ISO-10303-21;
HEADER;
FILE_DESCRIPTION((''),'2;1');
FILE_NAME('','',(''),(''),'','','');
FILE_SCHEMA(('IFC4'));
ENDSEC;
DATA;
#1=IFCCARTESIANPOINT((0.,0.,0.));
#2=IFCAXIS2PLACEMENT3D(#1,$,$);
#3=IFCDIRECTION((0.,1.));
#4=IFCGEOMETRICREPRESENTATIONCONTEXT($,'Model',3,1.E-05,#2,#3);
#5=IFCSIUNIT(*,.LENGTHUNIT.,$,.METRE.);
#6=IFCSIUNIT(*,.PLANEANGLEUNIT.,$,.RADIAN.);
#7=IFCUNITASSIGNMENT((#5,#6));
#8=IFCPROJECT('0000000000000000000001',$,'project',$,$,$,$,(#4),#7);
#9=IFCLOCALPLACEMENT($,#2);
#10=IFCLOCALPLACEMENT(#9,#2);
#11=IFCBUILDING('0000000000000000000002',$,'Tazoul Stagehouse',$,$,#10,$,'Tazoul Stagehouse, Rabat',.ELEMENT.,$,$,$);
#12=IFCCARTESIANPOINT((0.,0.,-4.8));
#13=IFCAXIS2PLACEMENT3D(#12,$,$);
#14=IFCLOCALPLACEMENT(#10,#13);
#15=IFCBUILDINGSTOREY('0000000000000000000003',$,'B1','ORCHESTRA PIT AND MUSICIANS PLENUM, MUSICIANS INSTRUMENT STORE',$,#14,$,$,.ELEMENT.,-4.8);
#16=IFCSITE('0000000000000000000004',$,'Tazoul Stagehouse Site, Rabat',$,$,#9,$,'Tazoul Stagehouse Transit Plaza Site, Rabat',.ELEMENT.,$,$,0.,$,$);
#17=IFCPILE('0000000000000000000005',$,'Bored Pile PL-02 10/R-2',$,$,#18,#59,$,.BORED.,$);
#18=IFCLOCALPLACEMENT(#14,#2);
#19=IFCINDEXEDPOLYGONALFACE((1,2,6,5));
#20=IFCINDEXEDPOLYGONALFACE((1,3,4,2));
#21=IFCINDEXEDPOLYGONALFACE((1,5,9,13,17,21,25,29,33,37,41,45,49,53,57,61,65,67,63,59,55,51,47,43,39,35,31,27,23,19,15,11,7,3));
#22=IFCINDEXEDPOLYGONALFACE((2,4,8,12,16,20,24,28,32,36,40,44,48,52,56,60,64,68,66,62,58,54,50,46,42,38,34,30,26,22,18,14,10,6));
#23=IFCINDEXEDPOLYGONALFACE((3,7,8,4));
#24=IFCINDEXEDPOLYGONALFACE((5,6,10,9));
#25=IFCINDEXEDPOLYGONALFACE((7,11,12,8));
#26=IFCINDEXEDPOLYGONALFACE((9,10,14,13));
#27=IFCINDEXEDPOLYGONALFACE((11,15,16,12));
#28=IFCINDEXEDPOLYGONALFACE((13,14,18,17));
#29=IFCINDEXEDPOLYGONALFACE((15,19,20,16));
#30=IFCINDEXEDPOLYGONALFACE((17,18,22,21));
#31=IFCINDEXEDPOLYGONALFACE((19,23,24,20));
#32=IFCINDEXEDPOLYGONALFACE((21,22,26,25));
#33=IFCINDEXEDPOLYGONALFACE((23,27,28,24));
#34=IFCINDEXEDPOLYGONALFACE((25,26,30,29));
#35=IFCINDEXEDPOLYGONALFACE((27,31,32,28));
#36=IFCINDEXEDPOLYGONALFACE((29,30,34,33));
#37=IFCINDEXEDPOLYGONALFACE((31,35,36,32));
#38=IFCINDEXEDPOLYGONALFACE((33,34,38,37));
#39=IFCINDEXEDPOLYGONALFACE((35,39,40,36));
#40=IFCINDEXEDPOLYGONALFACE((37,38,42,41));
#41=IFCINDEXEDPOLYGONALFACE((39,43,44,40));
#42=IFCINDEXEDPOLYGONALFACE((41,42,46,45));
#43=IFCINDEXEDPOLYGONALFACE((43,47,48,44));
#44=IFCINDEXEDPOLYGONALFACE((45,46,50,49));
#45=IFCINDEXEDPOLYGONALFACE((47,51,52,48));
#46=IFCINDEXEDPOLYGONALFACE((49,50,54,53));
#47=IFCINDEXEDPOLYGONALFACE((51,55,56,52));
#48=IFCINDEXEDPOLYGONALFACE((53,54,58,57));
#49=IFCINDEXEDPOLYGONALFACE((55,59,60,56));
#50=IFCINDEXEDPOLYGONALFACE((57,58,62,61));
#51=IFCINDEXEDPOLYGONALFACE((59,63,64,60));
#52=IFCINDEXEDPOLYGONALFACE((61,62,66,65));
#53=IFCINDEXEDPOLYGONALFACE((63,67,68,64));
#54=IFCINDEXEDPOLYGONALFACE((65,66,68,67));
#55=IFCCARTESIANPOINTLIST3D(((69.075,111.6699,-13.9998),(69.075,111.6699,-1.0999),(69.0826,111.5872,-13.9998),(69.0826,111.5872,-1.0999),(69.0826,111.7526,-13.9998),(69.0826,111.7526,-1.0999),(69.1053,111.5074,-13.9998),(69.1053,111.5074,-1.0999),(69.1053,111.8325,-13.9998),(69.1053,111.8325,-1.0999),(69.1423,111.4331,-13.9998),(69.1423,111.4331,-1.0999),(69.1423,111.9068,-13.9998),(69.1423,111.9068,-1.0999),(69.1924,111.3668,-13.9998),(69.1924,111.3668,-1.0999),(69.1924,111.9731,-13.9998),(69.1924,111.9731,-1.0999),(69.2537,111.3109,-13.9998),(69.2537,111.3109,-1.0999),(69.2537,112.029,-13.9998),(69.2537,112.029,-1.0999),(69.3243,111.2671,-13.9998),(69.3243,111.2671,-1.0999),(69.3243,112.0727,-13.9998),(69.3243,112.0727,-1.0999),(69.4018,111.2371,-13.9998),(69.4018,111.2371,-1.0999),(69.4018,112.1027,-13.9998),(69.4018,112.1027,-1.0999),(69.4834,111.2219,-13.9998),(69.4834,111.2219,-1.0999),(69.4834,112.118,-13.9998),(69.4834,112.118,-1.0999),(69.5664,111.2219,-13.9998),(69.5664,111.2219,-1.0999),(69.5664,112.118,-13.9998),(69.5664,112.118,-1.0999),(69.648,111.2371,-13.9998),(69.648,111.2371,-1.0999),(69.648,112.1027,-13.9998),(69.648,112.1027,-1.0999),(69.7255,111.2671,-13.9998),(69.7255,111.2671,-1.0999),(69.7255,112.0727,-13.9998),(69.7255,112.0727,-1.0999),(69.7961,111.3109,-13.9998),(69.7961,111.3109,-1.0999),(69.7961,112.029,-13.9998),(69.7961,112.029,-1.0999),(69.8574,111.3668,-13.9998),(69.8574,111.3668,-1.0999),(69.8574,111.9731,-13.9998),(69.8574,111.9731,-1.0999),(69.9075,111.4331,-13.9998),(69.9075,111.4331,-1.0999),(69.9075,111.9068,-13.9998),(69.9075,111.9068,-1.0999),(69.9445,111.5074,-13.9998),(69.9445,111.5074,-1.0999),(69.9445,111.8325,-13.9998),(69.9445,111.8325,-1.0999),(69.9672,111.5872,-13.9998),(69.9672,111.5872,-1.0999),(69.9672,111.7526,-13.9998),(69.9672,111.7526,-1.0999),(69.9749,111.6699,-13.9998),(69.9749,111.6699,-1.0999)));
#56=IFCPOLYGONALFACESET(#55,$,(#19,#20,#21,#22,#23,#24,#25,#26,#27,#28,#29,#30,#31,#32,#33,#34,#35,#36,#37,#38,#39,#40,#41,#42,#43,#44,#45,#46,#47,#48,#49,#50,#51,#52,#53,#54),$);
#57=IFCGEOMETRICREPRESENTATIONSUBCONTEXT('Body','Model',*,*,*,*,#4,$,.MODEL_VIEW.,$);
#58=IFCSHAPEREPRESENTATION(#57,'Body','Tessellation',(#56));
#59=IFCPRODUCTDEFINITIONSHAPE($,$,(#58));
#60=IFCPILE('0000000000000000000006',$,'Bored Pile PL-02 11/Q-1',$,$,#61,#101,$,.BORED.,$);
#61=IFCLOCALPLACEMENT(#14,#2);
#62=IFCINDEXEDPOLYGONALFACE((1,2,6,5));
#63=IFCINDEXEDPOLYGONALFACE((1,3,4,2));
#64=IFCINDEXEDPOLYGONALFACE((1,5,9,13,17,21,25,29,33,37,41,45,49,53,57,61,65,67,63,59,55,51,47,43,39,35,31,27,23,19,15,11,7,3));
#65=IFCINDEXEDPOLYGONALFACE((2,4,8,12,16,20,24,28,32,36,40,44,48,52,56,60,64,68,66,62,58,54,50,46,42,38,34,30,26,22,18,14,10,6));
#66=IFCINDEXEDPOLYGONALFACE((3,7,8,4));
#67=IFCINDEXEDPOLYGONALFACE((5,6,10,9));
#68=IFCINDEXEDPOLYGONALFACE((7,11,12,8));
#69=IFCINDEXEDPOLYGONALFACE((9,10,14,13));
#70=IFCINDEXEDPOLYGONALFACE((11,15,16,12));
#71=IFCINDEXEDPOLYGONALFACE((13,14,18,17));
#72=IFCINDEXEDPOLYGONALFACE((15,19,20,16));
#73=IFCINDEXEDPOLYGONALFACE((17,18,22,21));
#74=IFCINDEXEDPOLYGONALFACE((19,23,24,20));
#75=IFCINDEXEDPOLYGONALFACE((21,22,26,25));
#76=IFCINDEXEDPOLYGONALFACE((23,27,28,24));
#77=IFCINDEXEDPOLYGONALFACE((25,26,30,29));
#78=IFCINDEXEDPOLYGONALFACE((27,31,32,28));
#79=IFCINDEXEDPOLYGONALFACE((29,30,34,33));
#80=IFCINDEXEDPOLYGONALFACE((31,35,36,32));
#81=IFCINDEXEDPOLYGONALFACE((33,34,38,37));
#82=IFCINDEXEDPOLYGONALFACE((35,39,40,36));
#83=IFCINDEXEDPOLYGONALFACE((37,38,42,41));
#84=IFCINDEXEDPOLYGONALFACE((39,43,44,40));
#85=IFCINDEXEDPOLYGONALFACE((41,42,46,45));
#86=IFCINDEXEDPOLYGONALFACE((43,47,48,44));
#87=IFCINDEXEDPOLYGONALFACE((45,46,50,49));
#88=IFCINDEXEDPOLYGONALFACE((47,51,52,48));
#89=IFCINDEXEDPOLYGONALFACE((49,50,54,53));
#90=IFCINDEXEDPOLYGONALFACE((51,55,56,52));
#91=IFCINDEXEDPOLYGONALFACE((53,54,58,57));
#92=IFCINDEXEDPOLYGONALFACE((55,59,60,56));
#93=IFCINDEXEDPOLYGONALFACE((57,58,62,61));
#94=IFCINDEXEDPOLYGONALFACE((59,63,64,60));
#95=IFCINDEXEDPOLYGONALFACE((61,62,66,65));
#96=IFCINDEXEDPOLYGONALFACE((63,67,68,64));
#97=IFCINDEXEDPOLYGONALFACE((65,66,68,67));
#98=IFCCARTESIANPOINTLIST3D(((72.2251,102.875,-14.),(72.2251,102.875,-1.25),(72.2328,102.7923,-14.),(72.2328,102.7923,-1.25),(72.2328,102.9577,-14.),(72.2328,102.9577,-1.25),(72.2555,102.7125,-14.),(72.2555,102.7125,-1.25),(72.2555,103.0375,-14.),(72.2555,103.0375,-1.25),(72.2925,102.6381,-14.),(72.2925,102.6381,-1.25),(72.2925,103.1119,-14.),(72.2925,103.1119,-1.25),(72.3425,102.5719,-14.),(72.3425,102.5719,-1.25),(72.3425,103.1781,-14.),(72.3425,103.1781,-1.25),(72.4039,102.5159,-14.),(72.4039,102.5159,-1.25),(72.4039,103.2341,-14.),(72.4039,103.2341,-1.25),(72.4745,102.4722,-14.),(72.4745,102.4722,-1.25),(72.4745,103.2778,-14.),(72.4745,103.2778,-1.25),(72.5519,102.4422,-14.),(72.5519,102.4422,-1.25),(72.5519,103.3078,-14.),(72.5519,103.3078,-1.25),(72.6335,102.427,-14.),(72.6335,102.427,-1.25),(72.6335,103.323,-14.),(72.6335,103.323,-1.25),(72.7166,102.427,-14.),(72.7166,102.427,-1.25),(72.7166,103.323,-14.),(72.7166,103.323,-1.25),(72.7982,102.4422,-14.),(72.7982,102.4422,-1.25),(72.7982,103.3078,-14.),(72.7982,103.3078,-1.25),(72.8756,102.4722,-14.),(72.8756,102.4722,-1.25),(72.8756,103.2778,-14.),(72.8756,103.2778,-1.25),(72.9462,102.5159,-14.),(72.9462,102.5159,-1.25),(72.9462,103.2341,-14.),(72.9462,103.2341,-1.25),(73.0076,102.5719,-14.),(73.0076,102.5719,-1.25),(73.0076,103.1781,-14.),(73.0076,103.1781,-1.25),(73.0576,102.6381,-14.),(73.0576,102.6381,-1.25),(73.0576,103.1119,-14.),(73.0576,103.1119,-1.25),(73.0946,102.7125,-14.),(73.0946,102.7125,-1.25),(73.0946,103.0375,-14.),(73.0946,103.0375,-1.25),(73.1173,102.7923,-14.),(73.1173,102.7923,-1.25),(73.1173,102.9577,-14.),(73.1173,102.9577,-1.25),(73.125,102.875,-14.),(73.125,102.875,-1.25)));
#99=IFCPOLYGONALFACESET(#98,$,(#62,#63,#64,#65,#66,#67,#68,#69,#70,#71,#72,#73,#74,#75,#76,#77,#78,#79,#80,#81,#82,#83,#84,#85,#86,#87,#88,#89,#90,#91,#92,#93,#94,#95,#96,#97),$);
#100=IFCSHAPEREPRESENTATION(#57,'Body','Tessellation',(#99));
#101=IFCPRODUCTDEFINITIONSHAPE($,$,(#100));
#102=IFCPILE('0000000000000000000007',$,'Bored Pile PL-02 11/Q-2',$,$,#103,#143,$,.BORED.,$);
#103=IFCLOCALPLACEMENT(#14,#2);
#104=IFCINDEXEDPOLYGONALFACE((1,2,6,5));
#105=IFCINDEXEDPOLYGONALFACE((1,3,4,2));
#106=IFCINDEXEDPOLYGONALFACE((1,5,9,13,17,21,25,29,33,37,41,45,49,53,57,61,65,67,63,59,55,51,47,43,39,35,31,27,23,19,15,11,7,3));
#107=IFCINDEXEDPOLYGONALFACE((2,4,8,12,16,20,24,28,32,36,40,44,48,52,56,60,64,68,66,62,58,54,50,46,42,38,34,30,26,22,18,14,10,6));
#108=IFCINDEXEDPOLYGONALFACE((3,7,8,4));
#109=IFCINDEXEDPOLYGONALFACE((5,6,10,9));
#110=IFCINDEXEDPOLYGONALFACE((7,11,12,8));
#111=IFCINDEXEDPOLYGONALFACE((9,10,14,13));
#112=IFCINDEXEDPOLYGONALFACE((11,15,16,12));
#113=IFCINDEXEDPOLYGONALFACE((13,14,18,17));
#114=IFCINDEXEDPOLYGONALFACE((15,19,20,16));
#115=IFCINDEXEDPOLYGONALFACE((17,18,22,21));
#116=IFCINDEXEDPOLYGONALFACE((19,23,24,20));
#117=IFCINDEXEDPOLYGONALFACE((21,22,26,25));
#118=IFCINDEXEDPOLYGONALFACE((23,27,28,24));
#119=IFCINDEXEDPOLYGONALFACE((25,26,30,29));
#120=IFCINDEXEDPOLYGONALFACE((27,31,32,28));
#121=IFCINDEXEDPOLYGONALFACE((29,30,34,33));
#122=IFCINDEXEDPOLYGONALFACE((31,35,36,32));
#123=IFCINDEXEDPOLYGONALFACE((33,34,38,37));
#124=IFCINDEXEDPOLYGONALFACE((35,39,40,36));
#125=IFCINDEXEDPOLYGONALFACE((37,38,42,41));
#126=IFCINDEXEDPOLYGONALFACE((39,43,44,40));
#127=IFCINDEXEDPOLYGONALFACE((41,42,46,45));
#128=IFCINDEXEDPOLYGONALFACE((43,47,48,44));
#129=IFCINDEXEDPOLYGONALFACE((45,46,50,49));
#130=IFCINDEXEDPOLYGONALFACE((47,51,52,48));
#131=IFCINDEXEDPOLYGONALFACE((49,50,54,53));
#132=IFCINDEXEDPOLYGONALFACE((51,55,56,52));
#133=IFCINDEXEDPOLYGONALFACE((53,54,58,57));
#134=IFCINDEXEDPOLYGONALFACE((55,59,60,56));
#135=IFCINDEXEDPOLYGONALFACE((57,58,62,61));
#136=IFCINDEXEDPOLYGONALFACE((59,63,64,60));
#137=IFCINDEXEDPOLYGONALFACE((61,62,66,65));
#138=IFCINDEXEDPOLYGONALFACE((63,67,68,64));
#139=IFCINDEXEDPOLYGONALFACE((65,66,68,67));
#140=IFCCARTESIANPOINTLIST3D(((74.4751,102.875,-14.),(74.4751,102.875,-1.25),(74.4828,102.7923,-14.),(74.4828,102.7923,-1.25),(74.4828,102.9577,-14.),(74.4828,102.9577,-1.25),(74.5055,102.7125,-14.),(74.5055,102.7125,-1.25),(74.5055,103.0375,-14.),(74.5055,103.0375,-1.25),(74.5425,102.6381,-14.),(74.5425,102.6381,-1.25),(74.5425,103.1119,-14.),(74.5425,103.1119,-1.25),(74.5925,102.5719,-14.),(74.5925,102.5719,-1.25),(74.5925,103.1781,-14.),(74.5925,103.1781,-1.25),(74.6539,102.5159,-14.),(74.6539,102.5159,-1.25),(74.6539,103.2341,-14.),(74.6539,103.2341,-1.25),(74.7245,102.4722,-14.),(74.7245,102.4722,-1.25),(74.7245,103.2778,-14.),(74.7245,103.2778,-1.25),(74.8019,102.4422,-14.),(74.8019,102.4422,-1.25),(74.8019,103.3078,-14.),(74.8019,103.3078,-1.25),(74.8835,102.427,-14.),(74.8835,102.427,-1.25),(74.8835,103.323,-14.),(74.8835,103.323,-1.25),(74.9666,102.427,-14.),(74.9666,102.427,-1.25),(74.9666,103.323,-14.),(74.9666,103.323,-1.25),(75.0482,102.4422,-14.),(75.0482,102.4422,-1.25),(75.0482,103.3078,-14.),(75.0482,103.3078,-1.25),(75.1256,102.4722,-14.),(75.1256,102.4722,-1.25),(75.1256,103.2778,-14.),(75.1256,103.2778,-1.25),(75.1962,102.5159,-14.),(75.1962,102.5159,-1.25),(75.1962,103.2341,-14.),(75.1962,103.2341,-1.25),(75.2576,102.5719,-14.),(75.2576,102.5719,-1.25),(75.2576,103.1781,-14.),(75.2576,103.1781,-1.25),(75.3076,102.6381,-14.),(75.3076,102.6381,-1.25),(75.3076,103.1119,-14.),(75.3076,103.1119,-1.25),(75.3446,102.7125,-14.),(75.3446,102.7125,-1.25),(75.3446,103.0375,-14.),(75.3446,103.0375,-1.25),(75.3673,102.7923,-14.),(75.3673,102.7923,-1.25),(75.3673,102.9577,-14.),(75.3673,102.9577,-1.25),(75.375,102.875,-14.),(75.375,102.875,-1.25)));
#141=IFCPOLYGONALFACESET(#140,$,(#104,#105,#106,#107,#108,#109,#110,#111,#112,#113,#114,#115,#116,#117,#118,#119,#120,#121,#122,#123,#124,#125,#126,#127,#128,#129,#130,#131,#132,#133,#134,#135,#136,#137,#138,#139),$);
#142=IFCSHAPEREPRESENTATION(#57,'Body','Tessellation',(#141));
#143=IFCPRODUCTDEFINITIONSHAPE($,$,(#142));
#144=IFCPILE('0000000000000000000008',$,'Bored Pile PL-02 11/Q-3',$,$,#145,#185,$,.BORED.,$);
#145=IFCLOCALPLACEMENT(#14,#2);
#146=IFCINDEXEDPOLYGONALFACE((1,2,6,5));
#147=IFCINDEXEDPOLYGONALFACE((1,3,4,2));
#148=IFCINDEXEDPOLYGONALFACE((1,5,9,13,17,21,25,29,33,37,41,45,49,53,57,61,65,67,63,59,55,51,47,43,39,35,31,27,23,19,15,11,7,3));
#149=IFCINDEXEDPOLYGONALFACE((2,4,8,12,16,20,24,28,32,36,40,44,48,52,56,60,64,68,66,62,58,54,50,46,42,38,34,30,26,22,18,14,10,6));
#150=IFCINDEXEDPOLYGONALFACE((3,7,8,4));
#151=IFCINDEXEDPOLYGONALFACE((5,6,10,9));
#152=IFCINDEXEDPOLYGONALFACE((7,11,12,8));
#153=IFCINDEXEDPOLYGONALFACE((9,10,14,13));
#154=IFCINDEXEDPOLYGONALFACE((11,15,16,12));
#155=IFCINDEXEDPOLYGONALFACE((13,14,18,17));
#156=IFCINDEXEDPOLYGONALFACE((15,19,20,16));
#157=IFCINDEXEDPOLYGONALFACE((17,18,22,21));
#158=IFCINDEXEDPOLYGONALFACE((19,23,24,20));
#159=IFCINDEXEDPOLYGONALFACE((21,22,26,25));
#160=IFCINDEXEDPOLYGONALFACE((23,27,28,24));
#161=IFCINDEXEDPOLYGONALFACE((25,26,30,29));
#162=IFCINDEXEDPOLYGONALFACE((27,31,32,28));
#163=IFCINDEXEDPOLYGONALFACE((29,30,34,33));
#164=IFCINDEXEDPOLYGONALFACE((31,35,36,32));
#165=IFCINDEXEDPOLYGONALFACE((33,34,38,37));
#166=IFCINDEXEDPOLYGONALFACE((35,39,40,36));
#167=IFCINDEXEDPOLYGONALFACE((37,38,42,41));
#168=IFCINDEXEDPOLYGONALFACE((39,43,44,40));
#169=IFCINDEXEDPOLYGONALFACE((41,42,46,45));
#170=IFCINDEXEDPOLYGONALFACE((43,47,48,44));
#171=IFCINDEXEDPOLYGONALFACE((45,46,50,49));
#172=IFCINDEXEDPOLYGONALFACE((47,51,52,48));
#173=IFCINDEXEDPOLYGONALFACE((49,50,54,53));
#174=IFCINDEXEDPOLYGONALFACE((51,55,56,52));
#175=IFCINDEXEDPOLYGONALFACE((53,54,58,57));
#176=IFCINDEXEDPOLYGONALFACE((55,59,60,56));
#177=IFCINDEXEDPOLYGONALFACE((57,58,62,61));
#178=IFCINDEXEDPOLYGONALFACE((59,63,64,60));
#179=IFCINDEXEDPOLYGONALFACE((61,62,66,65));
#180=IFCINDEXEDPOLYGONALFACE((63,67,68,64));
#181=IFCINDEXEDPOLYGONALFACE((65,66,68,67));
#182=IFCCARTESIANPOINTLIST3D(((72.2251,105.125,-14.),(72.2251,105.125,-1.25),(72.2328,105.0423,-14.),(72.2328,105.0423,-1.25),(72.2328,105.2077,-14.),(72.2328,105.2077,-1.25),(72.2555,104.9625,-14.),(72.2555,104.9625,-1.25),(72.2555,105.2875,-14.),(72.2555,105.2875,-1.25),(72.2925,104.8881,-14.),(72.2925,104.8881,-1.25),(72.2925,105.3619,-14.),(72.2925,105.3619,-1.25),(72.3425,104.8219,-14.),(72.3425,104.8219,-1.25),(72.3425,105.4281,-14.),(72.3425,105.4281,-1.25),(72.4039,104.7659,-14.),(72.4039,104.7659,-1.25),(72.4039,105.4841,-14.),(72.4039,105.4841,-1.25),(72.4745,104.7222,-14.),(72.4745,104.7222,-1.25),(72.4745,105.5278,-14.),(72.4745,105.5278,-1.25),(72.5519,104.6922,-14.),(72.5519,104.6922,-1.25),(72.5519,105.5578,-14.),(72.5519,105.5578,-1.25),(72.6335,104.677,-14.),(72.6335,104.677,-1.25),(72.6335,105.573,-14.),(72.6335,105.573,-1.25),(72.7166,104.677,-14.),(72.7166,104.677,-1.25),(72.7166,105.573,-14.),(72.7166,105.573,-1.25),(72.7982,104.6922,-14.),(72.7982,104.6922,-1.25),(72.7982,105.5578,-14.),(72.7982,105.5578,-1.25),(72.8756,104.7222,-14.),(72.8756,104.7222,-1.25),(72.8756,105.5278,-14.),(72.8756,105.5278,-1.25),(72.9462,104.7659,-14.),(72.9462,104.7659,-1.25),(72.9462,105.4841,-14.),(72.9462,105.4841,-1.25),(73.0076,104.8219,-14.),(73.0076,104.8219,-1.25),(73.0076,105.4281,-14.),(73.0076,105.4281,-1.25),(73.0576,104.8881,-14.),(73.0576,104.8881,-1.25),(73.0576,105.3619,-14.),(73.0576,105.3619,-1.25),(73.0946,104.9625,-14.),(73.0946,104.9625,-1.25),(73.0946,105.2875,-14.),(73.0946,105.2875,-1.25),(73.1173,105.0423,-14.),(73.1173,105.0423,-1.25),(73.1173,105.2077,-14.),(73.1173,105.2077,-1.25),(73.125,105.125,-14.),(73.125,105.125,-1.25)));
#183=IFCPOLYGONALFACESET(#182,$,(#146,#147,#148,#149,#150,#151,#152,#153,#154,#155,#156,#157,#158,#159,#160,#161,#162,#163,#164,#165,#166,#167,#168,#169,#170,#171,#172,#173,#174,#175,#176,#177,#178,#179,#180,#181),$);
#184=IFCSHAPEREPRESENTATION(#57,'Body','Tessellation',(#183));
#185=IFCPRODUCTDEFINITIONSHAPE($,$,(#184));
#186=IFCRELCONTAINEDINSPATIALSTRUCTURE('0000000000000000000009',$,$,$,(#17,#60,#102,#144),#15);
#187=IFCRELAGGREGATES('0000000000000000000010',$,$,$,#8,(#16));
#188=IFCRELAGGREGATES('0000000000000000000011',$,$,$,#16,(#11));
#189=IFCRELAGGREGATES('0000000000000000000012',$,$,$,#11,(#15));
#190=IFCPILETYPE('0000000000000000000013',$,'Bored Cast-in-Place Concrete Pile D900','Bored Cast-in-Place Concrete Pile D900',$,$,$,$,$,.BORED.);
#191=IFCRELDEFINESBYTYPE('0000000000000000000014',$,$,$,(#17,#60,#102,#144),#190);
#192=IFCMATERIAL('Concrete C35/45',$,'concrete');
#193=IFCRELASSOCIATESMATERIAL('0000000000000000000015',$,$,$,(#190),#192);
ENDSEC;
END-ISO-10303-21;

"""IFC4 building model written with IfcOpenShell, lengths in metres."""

from ifc_helpers import new_model, si_unit, direction, frame, origin, origin_2d, place, context, subcontext, project, spatial, circle, extrude, material, material_profile, profile_set, type_object, element, save


model = new_model("IFC4")

# Units and contexts
model_context = context("Model", 3, precision=1e-05, world=origin(), true_north=direction((0.0, 1.0)))
body_context = subcontext(model_context, "Body", "Model", "MODEL_VIEW")
ifc_project = project(units=[si_unit("LENGTHUNIT", "METRE"), si_unit("PLANEANGLEUNIT", "RADIAN")], contexts=[model_context])

# Site, building, storey
site_placement = place(None, origin())
site = spatial("IfcSite", under=ifc_project, at=site_placement, Name="Tazoul Stagehouse Site, Rabat", LongName="Tazoul Stagehouse Transit Plaza Site, Rabat", CompositionType="ELEMENT", RefElevation=0.0)
building_placement = place(site_placement, origin())
building = spatial("IfcBuilding", under=site, at=building_placement, Name="Tazoul Stagehouse", LongName="Tazoul Stagehouse, Rabat", CompositionType="ELEMENT")
storey_placement = place(building_placement, frame((0.0, 0.0, -4.8)))
storey = spatial("IfcBuildingStorey", under=building, at=storey_placement, Name="B1", Description="ORCHESTRA PIT AND MUSICIANS PLENUM, MUSICIANS INSTRUMENT STORE", CompositionType="ELEMENT", Elevation=-4.8)

# Piles
ifc_material_1 = material(Name="Concrete C35/45", Category="concrete")
ifc_material_profile_1 = material_profile(ifc_material_1, circle(Radius=0.45, at=origin_2d()), Name="BORED PILE 900")
ifc_profile_set_1 = profile_set([ifc_material_profile_1], Name="Concrete C35/45")
pile_type = type_object("IfcPileType", Name="Bored Cast-in-Place Concrete Pile D900", Description="Bored Cast-in-Place Concrete Pile D900", PredefinedType="BORED", material=ifc_profile_set_1)
pile_1_placement = place(storey_placement, frame((69.5249, 111.6699, -1.0999), z_axis=(0.0, 0.0, -1.0), x_axis=(1.0, 0.0, 0.0)))
element("IfcPile", 1, at=pile_1_placement, inside=storey, type_object=pile_type, Name="Bored Pile PL-02 10/R-2", PredefinedType="BORED", context=body_context, shape_type="SweptSolid", body=[
    extrude(circle(Radius=0.45, at=origin_2d()), origin(), (0.0, 0.0, 1.0), 12.8999),
])
for number, where, z_axis, x_axis, name in (
    (2, (72.675, 102.875, -1.25), (0.0, 0.0, -1.0), (1.0, 0.0, 0.0), "Bored Pile PL-02 11/Q-1"),
    (3, (74.925, 102.875, -1.25), (0.0, 0.0, -1.0), (1.0, 0.0, 0.0), "Bored Pile PL-02 11/Q-2"),
    (4, (72.675, 105.125, -1.25), (0.0, 0.0, -1.0), (1.0, 0.0, 0.0), "Bored Pile PL-02 11/Q-3"),
):
    element("IfcPile", number, at=place(storey_placement, frame(where, z_axis=z_axis, x_axis=x_axis)), inside=storey, type_object=pile_type, Name=name, PredefinedType="BORED", context=body_context, shape_type="SweptSolid", body=[
        extrude(circle(Radius=0.45, at=origin_2d()), origin(), (0.0, 0.0, 1.0), 12.75),
    ])

save(model, "model.ifc")
